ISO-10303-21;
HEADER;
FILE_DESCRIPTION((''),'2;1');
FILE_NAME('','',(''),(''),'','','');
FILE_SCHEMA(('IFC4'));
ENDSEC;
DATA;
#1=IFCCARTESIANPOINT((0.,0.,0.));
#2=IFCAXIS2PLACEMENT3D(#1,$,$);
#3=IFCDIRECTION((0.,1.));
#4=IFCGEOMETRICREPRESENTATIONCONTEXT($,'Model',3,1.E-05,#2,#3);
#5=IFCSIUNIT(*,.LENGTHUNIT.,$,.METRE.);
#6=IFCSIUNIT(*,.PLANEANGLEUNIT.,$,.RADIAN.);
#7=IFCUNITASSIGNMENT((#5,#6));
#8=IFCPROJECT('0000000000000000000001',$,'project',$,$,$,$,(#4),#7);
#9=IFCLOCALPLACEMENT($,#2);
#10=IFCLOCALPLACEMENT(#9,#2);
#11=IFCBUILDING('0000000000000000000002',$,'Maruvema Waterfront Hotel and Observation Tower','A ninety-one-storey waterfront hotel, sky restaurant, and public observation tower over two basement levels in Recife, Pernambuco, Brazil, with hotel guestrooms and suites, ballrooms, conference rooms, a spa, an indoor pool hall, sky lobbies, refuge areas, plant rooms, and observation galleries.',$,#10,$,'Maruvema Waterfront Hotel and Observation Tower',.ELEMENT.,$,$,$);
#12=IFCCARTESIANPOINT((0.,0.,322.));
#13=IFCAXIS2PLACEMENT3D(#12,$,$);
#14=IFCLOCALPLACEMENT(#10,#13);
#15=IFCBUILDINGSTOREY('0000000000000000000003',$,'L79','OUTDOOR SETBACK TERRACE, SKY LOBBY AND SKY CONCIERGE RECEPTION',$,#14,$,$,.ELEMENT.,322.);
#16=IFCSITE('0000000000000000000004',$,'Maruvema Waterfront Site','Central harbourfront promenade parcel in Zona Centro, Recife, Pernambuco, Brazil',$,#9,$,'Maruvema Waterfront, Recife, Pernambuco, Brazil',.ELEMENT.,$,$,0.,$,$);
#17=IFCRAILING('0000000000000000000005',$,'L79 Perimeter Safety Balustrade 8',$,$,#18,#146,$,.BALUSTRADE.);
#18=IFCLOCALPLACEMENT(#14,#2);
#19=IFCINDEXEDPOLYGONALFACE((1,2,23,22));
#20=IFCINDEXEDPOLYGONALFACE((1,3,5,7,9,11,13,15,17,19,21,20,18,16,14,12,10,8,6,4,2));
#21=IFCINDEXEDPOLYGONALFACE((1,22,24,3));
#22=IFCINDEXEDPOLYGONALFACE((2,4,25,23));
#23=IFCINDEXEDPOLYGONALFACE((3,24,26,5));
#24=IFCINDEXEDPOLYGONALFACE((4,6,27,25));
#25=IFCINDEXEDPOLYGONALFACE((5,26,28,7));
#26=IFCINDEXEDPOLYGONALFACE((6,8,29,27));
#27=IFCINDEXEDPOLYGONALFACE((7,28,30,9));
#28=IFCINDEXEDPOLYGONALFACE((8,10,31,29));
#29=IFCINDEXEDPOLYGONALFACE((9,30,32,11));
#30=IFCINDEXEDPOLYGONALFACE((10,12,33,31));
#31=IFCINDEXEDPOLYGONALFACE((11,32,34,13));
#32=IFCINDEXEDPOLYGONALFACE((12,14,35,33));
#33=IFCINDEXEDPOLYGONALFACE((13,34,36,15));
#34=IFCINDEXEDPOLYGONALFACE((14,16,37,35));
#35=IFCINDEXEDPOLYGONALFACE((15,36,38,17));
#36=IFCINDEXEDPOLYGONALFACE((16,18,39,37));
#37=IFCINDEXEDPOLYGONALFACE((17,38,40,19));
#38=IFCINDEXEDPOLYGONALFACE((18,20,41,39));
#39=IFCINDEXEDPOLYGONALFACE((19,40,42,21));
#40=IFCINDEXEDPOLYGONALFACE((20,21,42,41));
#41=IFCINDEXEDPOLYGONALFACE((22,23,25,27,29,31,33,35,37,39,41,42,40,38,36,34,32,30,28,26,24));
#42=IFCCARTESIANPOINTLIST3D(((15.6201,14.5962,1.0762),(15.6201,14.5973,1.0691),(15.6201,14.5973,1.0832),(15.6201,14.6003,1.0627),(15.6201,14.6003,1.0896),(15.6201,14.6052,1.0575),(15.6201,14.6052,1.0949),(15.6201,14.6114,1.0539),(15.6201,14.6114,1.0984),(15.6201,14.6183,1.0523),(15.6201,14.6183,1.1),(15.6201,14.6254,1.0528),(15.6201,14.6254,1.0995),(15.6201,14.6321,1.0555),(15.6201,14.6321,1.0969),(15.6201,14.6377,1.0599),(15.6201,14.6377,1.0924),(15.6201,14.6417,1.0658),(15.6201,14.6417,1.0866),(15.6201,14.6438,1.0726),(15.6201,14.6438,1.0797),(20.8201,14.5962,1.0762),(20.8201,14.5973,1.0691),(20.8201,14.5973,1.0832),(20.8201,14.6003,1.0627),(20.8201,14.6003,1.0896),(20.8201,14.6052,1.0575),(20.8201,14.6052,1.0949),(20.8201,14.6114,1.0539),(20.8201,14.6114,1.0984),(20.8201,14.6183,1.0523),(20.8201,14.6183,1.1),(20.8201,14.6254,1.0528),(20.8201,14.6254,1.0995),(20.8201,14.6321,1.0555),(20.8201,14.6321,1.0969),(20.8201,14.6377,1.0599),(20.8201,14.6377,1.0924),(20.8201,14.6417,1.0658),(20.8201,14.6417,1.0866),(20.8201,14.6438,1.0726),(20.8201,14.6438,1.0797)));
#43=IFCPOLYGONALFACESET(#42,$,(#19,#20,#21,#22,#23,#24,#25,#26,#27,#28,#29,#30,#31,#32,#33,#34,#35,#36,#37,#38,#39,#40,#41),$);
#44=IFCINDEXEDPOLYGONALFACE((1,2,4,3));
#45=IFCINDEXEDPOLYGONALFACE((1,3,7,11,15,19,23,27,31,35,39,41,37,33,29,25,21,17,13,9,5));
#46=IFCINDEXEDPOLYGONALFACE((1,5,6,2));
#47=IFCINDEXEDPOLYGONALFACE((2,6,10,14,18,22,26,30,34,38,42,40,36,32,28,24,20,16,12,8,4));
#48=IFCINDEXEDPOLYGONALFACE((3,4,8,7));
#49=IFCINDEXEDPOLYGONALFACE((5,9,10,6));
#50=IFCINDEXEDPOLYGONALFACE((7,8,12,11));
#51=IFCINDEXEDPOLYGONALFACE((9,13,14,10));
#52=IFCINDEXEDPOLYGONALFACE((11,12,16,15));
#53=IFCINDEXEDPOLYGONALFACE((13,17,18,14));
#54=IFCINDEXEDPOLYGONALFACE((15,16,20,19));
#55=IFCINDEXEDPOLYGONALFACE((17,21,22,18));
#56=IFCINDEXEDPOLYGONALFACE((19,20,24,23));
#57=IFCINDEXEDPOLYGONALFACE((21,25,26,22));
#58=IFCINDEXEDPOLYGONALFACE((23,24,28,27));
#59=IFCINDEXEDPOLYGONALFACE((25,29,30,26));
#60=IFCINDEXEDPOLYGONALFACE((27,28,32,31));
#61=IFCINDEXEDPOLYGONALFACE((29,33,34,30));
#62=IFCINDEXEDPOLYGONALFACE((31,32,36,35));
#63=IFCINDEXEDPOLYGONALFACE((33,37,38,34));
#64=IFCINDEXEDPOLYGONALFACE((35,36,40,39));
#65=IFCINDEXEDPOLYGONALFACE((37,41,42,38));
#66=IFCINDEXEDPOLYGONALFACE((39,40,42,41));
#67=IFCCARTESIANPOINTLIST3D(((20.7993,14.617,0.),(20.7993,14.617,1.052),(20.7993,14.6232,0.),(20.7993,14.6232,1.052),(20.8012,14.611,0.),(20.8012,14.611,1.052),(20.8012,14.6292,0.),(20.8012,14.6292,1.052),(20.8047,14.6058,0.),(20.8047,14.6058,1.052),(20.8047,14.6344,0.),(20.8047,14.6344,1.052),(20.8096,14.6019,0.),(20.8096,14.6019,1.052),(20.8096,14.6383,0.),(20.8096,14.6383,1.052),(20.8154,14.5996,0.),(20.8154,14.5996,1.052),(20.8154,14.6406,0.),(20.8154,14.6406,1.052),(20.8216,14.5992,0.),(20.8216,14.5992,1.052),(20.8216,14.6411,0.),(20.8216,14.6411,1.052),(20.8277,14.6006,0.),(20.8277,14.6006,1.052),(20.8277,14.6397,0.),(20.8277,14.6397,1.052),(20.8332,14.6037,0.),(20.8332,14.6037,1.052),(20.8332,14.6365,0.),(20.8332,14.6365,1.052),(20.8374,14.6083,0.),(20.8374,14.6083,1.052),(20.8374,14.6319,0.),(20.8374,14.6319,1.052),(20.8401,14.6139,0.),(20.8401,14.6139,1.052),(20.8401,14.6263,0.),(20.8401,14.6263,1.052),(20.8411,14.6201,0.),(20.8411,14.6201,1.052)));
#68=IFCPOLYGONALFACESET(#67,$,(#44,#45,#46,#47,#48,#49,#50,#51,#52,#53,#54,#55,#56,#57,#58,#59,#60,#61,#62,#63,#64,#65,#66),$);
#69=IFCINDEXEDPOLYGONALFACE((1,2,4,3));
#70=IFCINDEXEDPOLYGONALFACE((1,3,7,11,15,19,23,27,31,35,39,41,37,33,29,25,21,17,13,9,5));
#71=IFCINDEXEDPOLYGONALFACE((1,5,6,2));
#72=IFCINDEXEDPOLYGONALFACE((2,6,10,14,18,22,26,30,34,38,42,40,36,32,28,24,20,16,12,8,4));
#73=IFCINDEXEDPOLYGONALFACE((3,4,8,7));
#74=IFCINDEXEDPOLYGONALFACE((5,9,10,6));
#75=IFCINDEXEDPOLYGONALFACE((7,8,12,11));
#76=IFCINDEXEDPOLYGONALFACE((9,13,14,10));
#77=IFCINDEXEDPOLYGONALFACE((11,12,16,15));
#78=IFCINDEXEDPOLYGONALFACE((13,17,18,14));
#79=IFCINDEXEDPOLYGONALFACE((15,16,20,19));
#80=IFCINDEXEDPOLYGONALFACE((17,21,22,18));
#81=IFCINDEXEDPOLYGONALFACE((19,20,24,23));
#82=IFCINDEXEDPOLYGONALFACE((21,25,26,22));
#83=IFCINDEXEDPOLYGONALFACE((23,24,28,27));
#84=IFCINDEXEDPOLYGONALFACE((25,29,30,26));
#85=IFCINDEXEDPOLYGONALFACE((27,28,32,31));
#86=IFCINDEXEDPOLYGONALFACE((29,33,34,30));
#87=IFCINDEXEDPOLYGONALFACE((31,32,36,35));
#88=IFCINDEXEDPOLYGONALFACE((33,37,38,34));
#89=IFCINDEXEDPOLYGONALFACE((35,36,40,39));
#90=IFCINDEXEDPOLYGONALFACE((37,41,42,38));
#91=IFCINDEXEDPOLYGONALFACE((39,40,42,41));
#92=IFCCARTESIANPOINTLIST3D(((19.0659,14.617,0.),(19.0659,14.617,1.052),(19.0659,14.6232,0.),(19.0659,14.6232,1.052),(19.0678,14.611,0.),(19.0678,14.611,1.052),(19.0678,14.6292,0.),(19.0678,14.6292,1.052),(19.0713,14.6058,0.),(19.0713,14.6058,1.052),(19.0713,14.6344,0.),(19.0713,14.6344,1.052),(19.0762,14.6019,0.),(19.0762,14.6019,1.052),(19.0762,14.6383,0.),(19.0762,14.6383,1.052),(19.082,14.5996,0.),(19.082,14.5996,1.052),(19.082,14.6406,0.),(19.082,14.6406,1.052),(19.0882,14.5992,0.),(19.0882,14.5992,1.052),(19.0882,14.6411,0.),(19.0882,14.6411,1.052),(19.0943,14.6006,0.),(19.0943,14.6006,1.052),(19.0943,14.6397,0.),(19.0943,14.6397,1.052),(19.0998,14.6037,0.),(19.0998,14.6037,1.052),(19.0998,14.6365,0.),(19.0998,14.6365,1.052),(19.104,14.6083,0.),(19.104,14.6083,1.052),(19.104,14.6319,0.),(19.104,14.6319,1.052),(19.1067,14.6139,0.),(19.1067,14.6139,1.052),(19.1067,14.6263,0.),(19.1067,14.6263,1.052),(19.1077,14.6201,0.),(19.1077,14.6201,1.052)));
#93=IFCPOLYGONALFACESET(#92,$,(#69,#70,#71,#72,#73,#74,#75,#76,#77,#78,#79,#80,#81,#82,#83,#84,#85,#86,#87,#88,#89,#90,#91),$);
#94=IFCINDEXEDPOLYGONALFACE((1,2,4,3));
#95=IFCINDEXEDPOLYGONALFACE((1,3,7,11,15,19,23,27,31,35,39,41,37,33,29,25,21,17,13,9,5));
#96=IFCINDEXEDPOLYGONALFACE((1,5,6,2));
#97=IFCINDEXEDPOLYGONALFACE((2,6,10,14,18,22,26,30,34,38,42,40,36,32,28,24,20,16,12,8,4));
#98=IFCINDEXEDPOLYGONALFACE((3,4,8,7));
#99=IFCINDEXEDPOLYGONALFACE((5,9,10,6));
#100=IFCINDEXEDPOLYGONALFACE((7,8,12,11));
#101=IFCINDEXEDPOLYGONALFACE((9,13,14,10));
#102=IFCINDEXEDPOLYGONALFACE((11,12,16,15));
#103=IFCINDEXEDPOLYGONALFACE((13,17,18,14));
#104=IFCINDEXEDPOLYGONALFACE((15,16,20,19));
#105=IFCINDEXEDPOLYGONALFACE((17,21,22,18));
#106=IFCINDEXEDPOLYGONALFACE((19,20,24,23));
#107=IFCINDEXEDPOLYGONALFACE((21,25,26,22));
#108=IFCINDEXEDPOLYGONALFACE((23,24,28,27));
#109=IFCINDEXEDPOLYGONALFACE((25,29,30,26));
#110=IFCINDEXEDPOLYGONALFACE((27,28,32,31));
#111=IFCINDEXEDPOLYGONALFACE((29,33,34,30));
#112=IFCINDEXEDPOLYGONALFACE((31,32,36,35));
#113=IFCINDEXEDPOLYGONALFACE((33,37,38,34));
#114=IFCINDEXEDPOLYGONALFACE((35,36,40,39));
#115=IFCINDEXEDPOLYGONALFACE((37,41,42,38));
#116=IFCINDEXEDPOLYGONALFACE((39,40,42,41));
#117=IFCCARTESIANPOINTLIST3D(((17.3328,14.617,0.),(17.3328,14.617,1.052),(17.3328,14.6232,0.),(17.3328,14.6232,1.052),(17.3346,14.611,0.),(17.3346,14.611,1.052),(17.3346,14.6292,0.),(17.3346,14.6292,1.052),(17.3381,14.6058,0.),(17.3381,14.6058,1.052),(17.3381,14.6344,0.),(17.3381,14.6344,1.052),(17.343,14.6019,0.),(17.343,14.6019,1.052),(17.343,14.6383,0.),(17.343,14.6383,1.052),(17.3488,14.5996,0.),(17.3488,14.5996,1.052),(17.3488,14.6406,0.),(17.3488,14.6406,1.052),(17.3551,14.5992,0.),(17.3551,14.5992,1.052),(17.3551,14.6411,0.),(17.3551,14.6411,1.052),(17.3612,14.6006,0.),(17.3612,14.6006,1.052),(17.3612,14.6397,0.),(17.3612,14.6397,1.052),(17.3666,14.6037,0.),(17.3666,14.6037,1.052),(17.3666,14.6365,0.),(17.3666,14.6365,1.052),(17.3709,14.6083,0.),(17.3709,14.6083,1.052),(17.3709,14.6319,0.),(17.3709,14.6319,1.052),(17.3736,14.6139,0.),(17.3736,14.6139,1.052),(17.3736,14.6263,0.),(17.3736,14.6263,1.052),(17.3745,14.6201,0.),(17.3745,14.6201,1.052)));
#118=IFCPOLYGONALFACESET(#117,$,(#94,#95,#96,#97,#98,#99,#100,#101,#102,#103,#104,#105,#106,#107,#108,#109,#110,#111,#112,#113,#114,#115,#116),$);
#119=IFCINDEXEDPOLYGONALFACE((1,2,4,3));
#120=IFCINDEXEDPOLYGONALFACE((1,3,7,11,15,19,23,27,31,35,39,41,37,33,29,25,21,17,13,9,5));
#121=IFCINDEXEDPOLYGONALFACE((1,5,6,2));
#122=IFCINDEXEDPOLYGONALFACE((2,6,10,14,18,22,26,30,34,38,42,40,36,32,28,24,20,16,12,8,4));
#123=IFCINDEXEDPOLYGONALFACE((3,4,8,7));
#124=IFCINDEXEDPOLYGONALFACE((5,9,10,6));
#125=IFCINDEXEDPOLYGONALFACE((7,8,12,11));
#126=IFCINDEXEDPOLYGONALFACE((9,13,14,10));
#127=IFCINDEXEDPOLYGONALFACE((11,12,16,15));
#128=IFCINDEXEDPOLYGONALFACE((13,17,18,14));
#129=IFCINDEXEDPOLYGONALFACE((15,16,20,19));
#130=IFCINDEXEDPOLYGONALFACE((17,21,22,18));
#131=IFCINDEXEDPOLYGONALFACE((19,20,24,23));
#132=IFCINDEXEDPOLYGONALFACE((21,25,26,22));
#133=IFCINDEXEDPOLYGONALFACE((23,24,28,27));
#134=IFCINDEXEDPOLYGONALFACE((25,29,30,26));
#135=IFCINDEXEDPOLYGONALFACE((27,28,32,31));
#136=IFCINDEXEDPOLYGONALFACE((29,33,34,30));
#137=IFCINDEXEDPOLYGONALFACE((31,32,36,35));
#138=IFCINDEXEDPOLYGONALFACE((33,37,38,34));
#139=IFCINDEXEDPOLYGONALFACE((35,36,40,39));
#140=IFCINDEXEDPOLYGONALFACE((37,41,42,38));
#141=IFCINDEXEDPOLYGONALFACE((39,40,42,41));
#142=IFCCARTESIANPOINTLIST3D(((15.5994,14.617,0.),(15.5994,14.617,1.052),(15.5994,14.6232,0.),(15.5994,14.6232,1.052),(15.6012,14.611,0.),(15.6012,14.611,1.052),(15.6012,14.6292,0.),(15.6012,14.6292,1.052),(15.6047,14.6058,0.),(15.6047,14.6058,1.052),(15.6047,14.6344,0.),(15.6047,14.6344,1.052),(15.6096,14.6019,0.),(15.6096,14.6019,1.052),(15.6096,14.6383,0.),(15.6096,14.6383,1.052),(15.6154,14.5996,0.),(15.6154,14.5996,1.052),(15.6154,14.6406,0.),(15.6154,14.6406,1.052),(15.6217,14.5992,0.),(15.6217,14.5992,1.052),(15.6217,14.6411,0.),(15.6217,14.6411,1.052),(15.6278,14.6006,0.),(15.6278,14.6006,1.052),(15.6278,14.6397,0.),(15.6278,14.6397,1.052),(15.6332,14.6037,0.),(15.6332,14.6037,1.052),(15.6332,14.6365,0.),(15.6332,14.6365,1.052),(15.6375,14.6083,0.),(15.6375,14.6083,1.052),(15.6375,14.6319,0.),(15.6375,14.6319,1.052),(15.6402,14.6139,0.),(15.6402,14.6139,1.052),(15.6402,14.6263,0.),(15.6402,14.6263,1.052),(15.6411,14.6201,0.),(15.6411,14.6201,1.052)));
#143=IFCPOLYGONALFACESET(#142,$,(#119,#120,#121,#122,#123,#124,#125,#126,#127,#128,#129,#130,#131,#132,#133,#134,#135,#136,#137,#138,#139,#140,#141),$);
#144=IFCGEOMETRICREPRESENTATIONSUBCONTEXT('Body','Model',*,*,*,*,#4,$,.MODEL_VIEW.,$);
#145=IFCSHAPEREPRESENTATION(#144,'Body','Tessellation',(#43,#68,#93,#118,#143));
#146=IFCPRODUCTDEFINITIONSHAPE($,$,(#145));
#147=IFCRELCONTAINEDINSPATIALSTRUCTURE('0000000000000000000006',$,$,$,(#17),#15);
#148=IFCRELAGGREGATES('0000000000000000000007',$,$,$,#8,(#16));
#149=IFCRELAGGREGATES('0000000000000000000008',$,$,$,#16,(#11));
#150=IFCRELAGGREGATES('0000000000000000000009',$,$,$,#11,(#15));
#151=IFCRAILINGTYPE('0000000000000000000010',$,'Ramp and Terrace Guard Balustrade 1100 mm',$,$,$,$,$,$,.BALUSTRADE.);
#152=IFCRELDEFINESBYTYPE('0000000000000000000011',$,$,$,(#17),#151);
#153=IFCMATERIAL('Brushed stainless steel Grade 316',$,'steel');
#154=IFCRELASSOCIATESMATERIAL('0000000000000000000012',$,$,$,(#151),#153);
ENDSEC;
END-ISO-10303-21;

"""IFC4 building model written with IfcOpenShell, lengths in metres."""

from ifc_helpers import new_model, si_unit, direction, frame, origin, origin_2d, place, context, subcontext, project, spatial, circle, extrude, material, type_object, element, save


model = new_model("IFC4")

# Units and contexts
model_context = context("Model", 3, precision=1e-05, world=origin(), true_north=direction((0.0, 1.0)))
body_context = subcontext(model_context, "Body", "Model", "MODEL_VIEW")
ifc_project = project(units=[si_unit("LENGTHUNIT", "METRE"), si_unit("PLANEANGLEUNIT", "RADIAN")], contexts=[model_context])

# Site, building, storey
site_placement = place(None, origin())
site = spatial("IfcSite", under=ifc_project, at=site_placement, Name="Maruvema Waterfront Site", Description="Central harbourfront promenade parcel in Zona Centro, Recife, Pernambuco, Brazil", LongName="Maruvema Waterfront, Recife, Pernambuco, Brazil", CompositionType="ELEMENT", RefElevation=0.0)
building_placement = place(site_placement, origin())
building = spatial("IfcBuilding", under=site, at=building_placement, Name="Maruvema Waterfront Hotel and Observation Tower", Description="A ninety-one-storey waterfront hotel, sky restaurant, and public observation tower over two basement levels in Recife, Pernambuco, Brazil, with hotel guestrooms and suites, ballrooms, conference rooms, a spa, an indoor pool hall, sky lobbies, refuge areas, plant rooms, and observation galleries.", LongName="Maruvema Waterfront Hotel and Observation Tower", CompositionType="ELEMENT")
storey_placement = place(building_placement, frame((0.0, 0.0, 322.0)))
storey = spatial("IfcBuildingStorey", under=building, at=storey_placement, Name="L79", Description="OUTDOOR SETBACK TERRACE, SKY LOBBY AND SKY CONCIERGE RECEPTION", CompositionType="ELEMENT", Elevation=322.0)

# Railing
ifc_material_1 = material(Name="Brushed stainless steel Grade 316", Category="steel")
railing_type = type_object("IfcRailingType", Name="Ramp and Terrace Guard Balustrade 1100 mm", PredefinedType="BALUSTRADE", material=ifc_material_1)
railing_1_placement = place(storey_placement, frame((20.8201, 14.6201, 0.0)))
element("IfcRailing", 1, at=railing_1_placement, inside=storey, type_object=railing_type, Name="L79 Perimeter Safety Balustrade 8", PredefinedType="BALUSTRADE", context=body_context, shape_type="SweptSolid", body=[
    extrude(circle(Radius=0.0239, at=origin_2d()), frame((0.0, 0.0, 1.0762), z_axis=(-1.0, 0.0, 0.0), x_axis=(0.0, -1.0, 0.0)), (0.0, 0.0, 1.0), 5.2),
    extrude(circle(Radius=0.021, at=origin_2d()), origin(), (0.0, 0.0, 1.0), 1.052),
    extrude(circle(Radius=0.021, at=origin_2d()), frame((-1.7334, 0.0, 0.0)), (0.0, 0.0, 1.0), 1.052),
    extrude(circle(Radius=0.021, at=origin_2d()), frame((-3.4666, 0.0, 0.0)), (0.0, 0.0, 1.0), 1.052),
    extrude(circle(Radius=0.021, at=origin_2d()), frame((-5.2, 0.0, 0.0)), (0.0, 0.0, 1.0), 1.052),
])

save(model, "model.ifc")
